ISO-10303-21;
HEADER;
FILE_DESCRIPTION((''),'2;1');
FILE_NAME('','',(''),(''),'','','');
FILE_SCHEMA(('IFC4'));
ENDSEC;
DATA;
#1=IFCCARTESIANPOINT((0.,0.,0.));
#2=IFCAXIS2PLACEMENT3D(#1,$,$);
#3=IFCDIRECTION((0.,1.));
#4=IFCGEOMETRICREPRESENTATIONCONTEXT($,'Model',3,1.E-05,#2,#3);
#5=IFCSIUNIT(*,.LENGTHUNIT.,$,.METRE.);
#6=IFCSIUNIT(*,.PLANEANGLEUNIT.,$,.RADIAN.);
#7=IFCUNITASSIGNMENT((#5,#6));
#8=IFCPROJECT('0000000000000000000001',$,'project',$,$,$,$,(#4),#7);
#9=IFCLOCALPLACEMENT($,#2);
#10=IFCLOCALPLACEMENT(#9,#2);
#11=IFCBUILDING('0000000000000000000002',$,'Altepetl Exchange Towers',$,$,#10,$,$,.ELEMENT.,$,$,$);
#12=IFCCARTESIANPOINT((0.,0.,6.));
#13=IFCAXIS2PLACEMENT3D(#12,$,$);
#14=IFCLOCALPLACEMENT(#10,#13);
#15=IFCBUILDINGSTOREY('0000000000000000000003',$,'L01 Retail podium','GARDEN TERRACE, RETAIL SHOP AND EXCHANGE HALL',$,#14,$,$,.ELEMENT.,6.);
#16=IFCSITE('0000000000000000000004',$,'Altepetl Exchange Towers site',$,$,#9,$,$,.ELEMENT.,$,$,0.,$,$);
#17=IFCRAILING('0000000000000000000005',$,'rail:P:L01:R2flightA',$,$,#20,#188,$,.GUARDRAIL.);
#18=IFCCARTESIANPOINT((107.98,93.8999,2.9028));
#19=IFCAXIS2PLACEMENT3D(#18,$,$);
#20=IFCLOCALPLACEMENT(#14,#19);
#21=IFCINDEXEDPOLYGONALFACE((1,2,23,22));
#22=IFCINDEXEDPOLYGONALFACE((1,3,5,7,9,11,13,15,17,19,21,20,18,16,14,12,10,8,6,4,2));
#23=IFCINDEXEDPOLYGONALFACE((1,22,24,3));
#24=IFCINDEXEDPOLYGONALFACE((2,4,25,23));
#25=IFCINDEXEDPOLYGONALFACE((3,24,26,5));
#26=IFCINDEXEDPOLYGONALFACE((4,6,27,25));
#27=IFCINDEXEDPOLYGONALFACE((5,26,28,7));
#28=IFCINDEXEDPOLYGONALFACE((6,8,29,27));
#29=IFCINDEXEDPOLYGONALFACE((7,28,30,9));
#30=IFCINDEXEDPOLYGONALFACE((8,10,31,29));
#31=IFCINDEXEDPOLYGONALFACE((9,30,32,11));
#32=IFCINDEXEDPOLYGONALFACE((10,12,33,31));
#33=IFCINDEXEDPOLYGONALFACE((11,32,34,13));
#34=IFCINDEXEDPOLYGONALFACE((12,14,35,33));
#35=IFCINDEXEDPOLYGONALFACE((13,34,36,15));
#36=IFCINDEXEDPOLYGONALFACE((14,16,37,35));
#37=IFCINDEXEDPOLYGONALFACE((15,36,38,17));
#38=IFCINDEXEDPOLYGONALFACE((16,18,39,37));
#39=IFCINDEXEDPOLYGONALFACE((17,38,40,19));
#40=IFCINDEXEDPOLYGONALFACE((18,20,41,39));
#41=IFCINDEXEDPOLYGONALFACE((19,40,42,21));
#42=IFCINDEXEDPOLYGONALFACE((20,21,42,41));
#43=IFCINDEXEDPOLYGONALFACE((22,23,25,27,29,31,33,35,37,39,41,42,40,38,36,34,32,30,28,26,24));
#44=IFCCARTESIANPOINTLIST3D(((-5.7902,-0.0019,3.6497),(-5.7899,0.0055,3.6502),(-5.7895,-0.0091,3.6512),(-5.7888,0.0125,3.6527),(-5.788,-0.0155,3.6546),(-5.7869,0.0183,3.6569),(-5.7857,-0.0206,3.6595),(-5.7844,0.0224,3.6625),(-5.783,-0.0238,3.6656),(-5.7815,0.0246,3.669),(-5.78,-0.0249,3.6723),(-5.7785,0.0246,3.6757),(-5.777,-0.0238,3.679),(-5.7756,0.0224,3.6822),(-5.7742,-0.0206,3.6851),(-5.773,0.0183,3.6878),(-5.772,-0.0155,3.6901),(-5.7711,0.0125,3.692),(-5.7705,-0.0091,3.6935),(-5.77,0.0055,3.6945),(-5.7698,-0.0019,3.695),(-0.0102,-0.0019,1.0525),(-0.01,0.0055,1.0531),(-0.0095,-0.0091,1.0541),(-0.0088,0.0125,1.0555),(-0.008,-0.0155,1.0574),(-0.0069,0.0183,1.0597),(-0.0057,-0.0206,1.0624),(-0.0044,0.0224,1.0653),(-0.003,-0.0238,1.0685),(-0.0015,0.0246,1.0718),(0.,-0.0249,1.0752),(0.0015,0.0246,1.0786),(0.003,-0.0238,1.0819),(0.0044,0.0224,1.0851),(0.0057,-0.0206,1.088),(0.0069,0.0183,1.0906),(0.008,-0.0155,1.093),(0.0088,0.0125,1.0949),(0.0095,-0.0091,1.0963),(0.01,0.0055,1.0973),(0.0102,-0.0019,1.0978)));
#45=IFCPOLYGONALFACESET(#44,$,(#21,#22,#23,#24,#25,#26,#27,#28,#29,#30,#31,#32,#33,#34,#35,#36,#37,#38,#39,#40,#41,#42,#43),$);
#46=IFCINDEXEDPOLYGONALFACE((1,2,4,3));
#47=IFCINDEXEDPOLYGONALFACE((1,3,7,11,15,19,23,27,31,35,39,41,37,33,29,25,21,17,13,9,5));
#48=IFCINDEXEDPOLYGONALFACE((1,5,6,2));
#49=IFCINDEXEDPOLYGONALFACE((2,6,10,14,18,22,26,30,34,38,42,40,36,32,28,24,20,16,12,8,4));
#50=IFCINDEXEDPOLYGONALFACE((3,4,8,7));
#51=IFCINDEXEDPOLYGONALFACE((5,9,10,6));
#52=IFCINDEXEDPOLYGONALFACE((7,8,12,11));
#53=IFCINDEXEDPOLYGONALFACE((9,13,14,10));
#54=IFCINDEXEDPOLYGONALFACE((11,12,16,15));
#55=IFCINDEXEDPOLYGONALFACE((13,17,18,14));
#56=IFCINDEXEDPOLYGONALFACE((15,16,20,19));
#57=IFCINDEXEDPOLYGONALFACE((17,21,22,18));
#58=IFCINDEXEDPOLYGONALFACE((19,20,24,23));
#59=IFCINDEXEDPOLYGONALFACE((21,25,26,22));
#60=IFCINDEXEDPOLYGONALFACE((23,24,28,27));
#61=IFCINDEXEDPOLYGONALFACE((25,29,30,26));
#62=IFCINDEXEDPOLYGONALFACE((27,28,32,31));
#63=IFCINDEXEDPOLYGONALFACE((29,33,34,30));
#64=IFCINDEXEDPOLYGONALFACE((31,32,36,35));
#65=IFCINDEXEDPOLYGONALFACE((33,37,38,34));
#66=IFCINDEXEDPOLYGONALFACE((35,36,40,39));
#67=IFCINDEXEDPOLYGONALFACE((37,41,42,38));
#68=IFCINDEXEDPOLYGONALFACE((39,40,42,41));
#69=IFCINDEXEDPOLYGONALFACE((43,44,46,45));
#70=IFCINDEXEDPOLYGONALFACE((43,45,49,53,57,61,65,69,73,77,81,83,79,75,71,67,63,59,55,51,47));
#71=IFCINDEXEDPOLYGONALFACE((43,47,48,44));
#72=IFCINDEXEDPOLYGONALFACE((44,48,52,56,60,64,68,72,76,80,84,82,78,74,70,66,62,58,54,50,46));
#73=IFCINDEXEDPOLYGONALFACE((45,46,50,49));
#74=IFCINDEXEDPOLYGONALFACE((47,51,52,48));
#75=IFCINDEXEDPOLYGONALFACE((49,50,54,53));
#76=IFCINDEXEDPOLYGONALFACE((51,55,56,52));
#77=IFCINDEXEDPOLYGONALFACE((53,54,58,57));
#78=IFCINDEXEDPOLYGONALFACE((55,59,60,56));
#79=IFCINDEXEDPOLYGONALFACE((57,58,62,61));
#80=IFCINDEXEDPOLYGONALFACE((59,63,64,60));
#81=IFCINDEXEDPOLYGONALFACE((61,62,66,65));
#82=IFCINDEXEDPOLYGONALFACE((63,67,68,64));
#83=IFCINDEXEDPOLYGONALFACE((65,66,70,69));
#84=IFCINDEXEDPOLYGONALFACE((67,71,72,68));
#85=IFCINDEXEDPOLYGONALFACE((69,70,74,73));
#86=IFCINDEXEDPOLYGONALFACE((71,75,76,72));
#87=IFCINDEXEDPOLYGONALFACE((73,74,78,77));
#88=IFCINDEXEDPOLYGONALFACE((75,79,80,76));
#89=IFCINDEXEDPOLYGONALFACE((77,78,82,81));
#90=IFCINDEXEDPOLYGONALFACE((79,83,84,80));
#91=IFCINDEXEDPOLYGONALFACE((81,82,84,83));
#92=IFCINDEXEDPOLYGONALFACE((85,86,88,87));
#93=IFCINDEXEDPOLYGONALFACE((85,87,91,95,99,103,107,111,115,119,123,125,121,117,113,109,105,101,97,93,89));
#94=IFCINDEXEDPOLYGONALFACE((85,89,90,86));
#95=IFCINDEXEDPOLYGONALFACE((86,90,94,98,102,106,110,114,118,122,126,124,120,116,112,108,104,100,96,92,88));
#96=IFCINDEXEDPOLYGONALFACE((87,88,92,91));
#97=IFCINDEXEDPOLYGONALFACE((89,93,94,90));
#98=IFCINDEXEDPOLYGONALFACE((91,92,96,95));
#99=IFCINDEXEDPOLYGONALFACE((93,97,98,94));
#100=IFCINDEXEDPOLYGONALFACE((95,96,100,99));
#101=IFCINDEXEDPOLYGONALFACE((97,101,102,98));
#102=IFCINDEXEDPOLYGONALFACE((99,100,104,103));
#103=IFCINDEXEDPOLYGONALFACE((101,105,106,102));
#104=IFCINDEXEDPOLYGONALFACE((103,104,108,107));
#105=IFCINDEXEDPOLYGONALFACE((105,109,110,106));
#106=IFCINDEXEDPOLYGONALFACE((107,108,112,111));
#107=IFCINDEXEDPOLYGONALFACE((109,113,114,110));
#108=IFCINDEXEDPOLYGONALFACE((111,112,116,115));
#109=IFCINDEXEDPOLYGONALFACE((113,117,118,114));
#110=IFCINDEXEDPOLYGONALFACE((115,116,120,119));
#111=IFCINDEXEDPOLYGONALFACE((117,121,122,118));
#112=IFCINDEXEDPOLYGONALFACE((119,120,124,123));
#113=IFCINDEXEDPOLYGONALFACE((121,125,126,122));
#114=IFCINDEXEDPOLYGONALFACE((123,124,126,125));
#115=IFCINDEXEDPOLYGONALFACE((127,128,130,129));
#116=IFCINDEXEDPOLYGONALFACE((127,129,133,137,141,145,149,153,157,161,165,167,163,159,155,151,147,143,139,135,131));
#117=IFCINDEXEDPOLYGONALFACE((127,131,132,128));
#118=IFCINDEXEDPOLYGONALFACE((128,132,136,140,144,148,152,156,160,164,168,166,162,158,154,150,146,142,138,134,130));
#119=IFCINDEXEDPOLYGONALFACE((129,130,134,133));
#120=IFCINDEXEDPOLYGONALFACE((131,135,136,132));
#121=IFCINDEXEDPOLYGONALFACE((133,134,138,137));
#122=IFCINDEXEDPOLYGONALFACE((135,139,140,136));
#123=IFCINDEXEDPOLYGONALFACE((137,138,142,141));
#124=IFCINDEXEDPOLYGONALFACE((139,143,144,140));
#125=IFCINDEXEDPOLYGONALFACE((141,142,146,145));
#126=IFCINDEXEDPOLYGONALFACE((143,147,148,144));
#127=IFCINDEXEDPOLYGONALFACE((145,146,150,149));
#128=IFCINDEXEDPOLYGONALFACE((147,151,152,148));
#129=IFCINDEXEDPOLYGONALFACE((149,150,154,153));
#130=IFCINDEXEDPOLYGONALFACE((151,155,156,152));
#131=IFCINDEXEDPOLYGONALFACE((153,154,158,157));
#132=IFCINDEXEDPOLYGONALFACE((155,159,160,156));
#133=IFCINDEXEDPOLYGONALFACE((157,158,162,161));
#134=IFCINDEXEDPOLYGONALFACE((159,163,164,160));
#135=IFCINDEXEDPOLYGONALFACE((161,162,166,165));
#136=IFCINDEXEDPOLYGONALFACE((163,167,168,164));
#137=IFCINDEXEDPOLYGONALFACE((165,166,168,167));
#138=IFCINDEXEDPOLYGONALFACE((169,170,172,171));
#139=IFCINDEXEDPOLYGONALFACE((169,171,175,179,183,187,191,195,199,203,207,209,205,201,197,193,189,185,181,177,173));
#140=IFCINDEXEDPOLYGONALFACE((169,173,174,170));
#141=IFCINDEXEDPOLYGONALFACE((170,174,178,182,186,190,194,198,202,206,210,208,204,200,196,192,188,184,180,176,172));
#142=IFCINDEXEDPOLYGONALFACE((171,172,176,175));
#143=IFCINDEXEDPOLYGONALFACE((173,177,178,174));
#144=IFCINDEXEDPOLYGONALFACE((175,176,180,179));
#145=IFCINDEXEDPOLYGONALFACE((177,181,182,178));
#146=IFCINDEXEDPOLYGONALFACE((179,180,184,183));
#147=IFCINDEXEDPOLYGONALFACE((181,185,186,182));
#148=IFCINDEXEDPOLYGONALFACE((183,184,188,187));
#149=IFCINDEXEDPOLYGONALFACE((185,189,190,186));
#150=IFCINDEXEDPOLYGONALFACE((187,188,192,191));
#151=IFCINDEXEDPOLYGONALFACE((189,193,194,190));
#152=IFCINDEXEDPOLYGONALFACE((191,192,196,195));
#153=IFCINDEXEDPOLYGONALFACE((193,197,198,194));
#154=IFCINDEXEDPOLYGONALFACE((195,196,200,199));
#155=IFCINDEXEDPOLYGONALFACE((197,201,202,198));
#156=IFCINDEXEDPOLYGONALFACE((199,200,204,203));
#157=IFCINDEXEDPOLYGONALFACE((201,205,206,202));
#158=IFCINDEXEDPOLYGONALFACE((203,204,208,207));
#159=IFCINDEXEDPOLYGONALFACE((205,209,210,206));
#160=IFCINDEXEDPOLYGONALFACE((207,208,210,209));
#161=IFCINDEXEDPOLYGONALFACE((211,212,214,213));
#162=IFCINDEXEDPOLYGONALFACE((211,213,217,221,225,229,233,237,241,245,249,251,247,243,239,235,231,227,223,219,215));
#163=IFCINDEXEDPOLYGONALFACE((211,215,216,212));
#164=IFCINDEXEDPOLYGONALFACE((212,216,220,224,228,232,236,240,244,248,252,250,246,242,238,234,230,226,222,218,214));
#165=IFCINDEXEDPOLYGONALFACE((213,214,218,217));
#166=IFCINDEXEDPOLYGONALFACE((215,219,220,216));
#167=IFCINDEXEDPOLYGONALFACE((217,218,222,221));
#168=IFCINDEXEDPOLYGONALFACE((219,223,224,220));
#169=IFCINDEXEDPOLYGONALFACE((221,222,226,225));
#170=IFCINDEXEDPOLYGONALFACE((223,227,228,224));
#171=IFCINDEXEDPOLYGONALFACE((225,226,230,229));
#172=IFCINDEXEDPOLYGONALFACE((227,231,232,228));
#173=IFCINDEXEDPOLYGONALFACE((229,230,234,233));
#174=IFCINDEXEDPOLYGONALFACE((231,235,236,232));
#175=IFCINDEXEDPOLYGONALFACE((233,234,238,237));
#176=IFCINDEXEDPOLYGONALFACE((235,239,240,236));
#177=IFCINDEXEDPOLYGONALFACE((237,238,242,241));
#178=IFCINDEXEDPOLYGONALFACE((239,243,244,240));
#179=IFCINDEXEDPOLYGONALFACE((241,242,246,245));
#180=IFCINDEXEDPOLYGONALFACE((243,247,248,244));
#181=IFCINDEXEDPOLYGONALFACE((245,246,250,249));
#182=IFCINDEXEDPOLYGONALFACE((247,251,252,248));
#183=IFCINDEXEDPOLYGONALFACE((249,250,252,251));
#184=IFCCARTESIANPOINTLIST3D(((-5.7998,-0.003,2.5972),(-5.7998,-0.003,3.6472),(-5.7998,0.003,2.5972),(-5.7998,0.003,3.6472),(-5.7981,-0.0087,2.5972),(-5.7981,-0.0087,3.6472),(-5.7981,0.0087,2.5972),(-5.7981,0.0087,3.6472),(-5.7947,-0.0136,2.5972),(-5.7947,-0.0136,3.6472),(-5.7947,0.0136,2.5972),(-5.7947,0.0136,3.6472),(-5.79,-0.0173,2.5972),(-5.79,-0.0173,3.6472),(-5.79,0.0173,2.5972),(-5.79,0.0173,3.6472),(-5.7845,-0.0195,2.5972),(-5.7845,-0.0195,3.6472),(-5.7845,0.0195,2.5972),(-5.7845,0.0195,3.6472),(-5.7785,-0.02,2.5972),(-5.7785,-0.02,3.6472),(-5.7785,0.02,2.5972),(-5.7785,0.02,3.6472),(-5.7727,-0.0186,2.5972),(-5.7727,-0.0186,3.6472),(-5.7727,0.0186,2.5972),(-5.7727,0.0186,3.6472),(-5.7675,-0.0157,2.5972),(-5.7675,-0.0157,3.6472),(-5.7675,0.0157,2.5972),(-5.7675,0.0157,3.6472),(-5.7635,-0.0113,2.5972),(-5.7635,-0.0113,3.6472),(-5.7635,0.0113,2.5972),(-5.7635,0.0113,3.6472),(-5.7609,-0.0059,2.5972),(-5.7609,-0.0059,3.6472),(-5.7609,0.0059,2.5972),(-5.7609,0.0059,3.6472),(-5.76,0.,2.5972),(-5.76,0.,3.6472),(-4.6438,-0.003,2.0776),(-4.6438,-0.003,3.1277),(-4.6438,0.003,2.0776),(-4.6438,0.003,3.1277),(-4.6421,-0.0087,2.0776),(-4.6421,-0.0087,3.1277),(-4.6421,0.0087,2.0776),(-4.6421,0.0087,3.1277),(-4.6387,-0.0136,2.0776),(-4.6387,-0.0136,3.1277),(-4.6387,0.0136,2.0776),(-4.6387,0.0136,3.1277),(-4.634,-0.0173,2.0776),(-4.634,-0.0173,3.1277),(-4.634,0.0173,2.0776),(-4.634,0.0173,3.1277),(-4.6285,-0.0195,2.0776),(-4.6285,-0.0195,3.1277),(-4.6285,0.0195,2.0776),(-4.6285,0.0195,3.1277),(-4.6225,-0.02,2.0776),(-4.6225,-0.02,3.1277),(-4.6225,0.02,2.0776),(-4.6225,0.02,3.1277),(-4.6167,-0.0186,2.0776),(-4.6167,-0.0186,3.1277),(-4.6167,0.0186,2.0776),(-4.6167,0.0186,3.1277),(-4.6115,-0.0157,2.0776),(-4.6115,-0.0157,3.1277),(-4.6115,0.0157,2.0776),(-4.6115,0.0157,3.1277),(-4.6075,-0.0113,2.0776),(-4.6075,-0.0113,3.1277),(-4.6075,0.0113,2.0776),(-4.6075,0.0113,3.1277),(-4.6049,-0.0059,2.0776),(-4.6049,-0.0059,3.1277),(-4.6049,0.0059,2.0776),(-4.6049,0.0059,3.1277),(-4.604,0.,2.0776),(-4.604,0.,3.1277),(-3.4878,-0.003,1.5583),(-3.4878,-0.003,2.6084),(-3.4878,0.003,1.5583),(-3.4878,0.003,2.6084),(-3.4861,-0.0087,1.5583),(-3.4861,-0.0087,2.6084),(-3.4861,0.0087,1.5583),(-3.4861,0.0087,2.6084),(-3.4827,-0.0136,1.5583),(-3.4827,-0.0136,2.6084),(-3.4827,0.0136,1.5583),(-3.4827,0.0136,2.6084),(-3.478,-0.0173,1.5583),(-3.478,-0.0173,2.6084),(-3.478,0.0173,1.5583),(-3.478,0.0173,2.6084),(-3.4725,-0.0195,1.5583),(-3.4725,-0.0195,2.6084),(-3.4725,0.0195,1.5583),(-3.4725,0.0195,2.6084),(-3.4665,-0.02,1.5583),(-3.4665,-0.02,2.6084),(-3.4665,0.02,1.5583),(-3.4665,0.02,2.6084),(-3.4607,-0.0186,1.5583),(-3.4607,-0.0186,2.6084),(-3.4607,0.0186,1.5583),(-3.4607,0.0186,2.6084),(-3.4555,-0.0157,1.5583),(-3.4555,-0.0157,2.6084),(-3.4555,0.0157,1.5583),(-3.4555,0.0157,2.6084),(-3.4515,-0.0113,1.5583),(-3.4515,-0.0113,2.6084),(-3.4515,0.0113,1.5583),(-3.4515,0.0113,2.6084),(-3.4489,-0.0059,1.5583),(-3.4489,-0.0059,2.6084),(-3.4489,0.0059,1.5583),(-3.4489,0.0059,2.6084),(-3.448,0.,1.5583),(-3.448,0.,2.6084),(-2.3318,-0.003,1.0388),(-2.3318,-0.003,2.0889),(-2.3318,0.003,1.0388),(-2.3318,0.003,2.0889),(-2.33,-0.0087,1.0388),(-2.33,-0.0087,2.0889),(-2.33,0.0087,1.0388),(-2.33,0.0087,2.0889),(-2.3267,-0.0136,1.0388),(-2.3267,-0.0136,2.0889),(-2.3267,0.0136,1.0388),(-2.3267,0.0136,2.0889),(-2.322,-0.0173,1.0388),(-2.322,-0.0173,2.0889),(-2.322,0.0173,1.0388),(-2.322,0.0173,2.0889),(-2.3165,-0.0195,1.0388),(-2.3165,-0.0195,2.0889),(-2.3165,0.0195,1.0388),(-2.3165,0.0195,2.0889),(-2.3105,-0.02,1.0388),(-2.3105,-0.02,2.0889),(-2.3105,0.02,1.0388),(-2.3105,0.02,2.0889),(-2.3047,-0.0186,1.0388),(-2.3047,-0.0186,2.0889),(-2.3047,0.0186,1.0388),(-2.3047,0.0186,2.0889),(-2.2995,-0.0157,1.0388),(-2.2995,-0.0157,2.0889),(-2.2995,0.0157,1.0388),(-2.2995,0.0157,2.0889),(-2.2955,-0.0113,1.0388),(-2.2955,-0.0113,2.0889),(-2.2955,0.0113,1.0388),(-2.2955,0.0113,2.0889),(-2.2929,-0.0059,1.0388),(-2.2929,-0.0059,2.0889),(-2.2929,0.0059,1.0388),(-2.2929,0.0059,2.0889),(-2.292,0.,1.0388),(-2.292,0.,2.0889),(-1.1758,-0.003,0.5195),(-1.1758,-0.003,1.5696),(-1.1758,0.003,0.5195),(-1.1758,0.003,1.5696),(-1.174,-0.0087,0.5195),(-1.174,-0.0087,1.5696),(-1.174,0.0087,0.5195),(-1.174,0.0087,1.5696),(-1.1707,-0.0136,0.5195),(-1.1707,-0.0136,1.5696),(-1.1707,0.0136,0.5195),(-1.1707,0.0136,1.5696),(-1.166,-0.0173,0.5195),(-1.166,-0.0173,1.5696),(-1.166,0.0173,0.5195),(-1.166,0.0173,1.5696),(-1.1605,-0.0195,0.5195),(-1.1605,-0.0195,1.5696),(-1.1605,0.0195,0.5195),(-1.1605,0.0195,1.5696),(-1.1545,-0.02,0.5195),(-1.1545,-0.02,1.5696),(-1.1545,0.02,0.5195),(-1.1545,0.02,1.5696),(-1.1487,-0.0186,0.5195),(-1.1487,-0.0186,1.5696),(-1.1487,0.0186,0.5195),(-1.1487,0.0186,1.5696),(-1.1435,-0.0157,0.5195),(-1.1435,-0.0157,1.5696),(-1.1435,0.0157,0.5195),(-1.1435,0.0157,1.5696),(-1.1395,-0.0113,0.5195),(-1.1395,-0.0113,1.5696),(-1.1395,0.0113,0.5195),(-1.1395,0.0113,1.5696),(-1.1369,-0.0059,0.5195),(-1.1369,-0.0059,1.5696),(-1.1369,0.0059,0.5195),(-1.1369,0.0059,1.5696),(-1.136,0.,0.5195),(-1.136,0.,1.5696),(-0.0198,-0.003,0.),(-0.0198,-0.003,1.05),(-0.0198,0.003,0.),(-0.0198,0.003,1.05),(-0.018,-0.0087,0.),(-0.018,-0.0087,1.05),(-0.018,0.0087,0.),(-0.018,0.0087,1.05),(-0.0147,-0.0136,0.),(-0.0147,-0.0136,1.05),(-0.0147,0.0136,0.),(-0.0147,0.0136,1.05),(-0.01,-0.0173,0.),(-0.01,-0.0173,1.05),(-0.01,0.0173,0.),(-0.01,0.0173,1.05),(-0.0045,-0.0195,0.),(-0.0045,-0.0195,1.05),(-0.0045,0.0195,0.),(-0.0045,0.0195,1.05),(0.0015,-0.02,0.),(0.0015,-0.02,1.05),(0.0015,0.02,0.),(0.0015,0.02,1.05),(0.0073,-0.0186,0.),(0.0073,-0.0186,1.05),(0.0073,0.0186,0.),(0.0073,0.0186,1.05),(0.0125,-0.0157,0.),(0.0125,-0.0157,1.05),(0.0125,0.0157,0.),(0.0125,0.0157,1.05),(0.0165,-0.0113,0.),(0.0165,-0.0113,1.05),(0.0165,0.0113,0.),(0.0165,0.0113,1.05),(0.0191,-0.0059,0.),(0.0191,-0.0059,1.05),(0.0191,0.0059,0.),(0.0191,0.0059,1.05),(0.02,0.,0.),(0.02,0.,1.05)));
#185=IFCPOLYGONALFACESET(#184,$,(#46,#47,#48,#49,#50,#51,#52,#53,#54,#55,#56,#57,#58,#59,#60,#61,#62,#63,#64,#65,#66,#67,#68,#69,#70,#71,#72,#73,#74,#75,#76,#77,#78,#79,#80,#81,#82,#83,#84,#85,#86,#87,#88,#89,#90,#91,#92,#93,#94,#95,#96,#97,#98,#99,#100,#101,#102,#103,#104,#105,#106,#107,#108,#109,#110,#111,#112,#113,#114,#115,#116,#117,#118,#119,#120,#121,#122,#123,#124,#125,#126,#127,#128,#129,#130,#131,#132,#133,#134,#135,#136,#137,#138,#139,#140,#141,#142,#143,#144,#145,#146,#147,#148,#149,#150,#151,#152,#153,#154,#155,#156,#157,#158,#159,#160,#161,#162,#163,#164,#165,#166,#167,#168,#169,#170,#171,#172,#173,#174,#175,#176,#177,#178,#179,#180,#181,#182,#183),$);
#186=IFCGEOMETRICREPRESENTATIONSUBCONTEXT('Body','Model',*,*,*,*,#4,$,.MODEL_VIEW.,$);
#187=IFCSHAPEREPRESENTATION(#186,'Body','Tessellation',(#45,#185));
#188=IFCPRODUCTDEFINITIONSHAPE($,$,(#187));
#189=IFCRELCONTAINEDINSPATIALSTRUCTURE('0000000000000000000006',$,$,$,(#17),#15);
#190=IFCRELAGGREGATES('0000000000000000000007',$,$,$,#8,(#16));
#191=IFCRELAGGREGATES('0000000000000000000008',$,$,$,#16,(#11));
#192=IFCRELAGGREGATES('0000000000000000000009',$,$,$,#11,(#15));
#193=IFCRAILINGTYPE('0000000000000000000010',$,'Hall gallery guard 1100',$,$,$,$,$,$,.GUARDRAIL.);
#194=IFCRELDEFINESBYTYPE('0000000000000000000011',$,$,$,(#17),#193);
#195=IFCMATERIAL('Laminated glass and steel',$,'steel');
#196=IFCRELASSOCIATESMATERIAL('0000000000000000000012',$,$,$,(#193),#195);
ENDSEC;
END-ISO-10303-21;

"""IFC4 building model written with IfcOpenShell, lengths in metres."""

from ifc_helpers import new_model, si_unit, direction, frame, origin, origin_2d, place, context, subcontext, project, spatial, circle, extrude, source, transform, mapped, material, type_object, element, save


model = new_model("IFC4")

# Units and contexts
model_context = context("Model", 3, precision=1e-05, world=origin(), true_north=direction((0.0, 1.0)))
body_context = subcontext(model_context, "Body", "Model", "MODEL_VIEW")
ifc_project = project(units=[si_unit("LENGTHUNIT", "METRE"), si_unit("PLANEANGLEUNIT", "RADIAN")], contexts=[model_context])

# Site, building, storey
site_placement = place(None, origin())
site = spatial("IfcSite", under=ifc_project, at=site_placement, Name="Altepetl Exchange Towers site", CompositionType="ELEMENT", RefElevation=0.0)
building_placement = place(site_placement, origin())
building = spatial("IfcBuilding", under=site, at=building_placement, Name="Altepetl Exchange Towers", CompositionType="ELEMENT")
storey_placement = place(building_placement, frame((0.0, 0.0, 6.0)))
storey = spatial("IfcBuildingStorey", under=building, at=storey_placement, Name="L01 Retail podium", Description="GARDEN TERRACE, RETAIL SHOP AND EXCHANGE HALL", CompositionType="ELEMENT", Elevation=6.0)

# Railing
ifc_material_1 = material(Name="Laminated glass and steel", Category="steel")
railing_type_1 = type_object("IfcRailingType", Name="Hall gallery guard 1100", PredefinedType="GUARDRAIL", material=ifc_material_1)
shared_shape_1 = source(origin(), body_context, "Body", "SweptSolid", [
    extrude(circle(Radius=0.02, at=origin_2d()), origin(), (0.0, 0.0, 1.0), 1.05),
])
for number, where, name in (
    (1, (107.98, 93.8999, 2.9028), "rail:P:L01:R2flightA"),
):
    element("IfcRailing", number, at=place(storey_placement, frame(where)), inside=storey, type_object=railing_type_1, Name=name, PredefinedType="GUARDRAIL", context=body_context, shape_type="SweptSolid", body=[
        extrude(circle(Radius=0.0249, at=origin_2d()), frame((0.0, 0.0, 1.0752), z_axis=(-0.912148, 0.0, 0.40986), x_axis=(0.0, -1.0, 0.0)), (0.0, 0.0, 1.0), 6.3367),
        mapped(shared_shape_1, transform((0.0, 0.0, 0.0))),
        mapped(shared_shape_1, transform((-1.156, 0.0, 0.5195))),
        mapped(shared_shape_1, transform((-2.312, 0.0, 1.0388))),
        mapped(shared_shape_1, transform((-3.468, 0.0, 1.5583))),
        mapped(shared_shape_1, transform((-4.624, 0.0, 2.0776))),
        mapped(shared_shape_1, transform((-5.78, 0.0, 2.5972))),
    ])

save(model, "model.ifc")
